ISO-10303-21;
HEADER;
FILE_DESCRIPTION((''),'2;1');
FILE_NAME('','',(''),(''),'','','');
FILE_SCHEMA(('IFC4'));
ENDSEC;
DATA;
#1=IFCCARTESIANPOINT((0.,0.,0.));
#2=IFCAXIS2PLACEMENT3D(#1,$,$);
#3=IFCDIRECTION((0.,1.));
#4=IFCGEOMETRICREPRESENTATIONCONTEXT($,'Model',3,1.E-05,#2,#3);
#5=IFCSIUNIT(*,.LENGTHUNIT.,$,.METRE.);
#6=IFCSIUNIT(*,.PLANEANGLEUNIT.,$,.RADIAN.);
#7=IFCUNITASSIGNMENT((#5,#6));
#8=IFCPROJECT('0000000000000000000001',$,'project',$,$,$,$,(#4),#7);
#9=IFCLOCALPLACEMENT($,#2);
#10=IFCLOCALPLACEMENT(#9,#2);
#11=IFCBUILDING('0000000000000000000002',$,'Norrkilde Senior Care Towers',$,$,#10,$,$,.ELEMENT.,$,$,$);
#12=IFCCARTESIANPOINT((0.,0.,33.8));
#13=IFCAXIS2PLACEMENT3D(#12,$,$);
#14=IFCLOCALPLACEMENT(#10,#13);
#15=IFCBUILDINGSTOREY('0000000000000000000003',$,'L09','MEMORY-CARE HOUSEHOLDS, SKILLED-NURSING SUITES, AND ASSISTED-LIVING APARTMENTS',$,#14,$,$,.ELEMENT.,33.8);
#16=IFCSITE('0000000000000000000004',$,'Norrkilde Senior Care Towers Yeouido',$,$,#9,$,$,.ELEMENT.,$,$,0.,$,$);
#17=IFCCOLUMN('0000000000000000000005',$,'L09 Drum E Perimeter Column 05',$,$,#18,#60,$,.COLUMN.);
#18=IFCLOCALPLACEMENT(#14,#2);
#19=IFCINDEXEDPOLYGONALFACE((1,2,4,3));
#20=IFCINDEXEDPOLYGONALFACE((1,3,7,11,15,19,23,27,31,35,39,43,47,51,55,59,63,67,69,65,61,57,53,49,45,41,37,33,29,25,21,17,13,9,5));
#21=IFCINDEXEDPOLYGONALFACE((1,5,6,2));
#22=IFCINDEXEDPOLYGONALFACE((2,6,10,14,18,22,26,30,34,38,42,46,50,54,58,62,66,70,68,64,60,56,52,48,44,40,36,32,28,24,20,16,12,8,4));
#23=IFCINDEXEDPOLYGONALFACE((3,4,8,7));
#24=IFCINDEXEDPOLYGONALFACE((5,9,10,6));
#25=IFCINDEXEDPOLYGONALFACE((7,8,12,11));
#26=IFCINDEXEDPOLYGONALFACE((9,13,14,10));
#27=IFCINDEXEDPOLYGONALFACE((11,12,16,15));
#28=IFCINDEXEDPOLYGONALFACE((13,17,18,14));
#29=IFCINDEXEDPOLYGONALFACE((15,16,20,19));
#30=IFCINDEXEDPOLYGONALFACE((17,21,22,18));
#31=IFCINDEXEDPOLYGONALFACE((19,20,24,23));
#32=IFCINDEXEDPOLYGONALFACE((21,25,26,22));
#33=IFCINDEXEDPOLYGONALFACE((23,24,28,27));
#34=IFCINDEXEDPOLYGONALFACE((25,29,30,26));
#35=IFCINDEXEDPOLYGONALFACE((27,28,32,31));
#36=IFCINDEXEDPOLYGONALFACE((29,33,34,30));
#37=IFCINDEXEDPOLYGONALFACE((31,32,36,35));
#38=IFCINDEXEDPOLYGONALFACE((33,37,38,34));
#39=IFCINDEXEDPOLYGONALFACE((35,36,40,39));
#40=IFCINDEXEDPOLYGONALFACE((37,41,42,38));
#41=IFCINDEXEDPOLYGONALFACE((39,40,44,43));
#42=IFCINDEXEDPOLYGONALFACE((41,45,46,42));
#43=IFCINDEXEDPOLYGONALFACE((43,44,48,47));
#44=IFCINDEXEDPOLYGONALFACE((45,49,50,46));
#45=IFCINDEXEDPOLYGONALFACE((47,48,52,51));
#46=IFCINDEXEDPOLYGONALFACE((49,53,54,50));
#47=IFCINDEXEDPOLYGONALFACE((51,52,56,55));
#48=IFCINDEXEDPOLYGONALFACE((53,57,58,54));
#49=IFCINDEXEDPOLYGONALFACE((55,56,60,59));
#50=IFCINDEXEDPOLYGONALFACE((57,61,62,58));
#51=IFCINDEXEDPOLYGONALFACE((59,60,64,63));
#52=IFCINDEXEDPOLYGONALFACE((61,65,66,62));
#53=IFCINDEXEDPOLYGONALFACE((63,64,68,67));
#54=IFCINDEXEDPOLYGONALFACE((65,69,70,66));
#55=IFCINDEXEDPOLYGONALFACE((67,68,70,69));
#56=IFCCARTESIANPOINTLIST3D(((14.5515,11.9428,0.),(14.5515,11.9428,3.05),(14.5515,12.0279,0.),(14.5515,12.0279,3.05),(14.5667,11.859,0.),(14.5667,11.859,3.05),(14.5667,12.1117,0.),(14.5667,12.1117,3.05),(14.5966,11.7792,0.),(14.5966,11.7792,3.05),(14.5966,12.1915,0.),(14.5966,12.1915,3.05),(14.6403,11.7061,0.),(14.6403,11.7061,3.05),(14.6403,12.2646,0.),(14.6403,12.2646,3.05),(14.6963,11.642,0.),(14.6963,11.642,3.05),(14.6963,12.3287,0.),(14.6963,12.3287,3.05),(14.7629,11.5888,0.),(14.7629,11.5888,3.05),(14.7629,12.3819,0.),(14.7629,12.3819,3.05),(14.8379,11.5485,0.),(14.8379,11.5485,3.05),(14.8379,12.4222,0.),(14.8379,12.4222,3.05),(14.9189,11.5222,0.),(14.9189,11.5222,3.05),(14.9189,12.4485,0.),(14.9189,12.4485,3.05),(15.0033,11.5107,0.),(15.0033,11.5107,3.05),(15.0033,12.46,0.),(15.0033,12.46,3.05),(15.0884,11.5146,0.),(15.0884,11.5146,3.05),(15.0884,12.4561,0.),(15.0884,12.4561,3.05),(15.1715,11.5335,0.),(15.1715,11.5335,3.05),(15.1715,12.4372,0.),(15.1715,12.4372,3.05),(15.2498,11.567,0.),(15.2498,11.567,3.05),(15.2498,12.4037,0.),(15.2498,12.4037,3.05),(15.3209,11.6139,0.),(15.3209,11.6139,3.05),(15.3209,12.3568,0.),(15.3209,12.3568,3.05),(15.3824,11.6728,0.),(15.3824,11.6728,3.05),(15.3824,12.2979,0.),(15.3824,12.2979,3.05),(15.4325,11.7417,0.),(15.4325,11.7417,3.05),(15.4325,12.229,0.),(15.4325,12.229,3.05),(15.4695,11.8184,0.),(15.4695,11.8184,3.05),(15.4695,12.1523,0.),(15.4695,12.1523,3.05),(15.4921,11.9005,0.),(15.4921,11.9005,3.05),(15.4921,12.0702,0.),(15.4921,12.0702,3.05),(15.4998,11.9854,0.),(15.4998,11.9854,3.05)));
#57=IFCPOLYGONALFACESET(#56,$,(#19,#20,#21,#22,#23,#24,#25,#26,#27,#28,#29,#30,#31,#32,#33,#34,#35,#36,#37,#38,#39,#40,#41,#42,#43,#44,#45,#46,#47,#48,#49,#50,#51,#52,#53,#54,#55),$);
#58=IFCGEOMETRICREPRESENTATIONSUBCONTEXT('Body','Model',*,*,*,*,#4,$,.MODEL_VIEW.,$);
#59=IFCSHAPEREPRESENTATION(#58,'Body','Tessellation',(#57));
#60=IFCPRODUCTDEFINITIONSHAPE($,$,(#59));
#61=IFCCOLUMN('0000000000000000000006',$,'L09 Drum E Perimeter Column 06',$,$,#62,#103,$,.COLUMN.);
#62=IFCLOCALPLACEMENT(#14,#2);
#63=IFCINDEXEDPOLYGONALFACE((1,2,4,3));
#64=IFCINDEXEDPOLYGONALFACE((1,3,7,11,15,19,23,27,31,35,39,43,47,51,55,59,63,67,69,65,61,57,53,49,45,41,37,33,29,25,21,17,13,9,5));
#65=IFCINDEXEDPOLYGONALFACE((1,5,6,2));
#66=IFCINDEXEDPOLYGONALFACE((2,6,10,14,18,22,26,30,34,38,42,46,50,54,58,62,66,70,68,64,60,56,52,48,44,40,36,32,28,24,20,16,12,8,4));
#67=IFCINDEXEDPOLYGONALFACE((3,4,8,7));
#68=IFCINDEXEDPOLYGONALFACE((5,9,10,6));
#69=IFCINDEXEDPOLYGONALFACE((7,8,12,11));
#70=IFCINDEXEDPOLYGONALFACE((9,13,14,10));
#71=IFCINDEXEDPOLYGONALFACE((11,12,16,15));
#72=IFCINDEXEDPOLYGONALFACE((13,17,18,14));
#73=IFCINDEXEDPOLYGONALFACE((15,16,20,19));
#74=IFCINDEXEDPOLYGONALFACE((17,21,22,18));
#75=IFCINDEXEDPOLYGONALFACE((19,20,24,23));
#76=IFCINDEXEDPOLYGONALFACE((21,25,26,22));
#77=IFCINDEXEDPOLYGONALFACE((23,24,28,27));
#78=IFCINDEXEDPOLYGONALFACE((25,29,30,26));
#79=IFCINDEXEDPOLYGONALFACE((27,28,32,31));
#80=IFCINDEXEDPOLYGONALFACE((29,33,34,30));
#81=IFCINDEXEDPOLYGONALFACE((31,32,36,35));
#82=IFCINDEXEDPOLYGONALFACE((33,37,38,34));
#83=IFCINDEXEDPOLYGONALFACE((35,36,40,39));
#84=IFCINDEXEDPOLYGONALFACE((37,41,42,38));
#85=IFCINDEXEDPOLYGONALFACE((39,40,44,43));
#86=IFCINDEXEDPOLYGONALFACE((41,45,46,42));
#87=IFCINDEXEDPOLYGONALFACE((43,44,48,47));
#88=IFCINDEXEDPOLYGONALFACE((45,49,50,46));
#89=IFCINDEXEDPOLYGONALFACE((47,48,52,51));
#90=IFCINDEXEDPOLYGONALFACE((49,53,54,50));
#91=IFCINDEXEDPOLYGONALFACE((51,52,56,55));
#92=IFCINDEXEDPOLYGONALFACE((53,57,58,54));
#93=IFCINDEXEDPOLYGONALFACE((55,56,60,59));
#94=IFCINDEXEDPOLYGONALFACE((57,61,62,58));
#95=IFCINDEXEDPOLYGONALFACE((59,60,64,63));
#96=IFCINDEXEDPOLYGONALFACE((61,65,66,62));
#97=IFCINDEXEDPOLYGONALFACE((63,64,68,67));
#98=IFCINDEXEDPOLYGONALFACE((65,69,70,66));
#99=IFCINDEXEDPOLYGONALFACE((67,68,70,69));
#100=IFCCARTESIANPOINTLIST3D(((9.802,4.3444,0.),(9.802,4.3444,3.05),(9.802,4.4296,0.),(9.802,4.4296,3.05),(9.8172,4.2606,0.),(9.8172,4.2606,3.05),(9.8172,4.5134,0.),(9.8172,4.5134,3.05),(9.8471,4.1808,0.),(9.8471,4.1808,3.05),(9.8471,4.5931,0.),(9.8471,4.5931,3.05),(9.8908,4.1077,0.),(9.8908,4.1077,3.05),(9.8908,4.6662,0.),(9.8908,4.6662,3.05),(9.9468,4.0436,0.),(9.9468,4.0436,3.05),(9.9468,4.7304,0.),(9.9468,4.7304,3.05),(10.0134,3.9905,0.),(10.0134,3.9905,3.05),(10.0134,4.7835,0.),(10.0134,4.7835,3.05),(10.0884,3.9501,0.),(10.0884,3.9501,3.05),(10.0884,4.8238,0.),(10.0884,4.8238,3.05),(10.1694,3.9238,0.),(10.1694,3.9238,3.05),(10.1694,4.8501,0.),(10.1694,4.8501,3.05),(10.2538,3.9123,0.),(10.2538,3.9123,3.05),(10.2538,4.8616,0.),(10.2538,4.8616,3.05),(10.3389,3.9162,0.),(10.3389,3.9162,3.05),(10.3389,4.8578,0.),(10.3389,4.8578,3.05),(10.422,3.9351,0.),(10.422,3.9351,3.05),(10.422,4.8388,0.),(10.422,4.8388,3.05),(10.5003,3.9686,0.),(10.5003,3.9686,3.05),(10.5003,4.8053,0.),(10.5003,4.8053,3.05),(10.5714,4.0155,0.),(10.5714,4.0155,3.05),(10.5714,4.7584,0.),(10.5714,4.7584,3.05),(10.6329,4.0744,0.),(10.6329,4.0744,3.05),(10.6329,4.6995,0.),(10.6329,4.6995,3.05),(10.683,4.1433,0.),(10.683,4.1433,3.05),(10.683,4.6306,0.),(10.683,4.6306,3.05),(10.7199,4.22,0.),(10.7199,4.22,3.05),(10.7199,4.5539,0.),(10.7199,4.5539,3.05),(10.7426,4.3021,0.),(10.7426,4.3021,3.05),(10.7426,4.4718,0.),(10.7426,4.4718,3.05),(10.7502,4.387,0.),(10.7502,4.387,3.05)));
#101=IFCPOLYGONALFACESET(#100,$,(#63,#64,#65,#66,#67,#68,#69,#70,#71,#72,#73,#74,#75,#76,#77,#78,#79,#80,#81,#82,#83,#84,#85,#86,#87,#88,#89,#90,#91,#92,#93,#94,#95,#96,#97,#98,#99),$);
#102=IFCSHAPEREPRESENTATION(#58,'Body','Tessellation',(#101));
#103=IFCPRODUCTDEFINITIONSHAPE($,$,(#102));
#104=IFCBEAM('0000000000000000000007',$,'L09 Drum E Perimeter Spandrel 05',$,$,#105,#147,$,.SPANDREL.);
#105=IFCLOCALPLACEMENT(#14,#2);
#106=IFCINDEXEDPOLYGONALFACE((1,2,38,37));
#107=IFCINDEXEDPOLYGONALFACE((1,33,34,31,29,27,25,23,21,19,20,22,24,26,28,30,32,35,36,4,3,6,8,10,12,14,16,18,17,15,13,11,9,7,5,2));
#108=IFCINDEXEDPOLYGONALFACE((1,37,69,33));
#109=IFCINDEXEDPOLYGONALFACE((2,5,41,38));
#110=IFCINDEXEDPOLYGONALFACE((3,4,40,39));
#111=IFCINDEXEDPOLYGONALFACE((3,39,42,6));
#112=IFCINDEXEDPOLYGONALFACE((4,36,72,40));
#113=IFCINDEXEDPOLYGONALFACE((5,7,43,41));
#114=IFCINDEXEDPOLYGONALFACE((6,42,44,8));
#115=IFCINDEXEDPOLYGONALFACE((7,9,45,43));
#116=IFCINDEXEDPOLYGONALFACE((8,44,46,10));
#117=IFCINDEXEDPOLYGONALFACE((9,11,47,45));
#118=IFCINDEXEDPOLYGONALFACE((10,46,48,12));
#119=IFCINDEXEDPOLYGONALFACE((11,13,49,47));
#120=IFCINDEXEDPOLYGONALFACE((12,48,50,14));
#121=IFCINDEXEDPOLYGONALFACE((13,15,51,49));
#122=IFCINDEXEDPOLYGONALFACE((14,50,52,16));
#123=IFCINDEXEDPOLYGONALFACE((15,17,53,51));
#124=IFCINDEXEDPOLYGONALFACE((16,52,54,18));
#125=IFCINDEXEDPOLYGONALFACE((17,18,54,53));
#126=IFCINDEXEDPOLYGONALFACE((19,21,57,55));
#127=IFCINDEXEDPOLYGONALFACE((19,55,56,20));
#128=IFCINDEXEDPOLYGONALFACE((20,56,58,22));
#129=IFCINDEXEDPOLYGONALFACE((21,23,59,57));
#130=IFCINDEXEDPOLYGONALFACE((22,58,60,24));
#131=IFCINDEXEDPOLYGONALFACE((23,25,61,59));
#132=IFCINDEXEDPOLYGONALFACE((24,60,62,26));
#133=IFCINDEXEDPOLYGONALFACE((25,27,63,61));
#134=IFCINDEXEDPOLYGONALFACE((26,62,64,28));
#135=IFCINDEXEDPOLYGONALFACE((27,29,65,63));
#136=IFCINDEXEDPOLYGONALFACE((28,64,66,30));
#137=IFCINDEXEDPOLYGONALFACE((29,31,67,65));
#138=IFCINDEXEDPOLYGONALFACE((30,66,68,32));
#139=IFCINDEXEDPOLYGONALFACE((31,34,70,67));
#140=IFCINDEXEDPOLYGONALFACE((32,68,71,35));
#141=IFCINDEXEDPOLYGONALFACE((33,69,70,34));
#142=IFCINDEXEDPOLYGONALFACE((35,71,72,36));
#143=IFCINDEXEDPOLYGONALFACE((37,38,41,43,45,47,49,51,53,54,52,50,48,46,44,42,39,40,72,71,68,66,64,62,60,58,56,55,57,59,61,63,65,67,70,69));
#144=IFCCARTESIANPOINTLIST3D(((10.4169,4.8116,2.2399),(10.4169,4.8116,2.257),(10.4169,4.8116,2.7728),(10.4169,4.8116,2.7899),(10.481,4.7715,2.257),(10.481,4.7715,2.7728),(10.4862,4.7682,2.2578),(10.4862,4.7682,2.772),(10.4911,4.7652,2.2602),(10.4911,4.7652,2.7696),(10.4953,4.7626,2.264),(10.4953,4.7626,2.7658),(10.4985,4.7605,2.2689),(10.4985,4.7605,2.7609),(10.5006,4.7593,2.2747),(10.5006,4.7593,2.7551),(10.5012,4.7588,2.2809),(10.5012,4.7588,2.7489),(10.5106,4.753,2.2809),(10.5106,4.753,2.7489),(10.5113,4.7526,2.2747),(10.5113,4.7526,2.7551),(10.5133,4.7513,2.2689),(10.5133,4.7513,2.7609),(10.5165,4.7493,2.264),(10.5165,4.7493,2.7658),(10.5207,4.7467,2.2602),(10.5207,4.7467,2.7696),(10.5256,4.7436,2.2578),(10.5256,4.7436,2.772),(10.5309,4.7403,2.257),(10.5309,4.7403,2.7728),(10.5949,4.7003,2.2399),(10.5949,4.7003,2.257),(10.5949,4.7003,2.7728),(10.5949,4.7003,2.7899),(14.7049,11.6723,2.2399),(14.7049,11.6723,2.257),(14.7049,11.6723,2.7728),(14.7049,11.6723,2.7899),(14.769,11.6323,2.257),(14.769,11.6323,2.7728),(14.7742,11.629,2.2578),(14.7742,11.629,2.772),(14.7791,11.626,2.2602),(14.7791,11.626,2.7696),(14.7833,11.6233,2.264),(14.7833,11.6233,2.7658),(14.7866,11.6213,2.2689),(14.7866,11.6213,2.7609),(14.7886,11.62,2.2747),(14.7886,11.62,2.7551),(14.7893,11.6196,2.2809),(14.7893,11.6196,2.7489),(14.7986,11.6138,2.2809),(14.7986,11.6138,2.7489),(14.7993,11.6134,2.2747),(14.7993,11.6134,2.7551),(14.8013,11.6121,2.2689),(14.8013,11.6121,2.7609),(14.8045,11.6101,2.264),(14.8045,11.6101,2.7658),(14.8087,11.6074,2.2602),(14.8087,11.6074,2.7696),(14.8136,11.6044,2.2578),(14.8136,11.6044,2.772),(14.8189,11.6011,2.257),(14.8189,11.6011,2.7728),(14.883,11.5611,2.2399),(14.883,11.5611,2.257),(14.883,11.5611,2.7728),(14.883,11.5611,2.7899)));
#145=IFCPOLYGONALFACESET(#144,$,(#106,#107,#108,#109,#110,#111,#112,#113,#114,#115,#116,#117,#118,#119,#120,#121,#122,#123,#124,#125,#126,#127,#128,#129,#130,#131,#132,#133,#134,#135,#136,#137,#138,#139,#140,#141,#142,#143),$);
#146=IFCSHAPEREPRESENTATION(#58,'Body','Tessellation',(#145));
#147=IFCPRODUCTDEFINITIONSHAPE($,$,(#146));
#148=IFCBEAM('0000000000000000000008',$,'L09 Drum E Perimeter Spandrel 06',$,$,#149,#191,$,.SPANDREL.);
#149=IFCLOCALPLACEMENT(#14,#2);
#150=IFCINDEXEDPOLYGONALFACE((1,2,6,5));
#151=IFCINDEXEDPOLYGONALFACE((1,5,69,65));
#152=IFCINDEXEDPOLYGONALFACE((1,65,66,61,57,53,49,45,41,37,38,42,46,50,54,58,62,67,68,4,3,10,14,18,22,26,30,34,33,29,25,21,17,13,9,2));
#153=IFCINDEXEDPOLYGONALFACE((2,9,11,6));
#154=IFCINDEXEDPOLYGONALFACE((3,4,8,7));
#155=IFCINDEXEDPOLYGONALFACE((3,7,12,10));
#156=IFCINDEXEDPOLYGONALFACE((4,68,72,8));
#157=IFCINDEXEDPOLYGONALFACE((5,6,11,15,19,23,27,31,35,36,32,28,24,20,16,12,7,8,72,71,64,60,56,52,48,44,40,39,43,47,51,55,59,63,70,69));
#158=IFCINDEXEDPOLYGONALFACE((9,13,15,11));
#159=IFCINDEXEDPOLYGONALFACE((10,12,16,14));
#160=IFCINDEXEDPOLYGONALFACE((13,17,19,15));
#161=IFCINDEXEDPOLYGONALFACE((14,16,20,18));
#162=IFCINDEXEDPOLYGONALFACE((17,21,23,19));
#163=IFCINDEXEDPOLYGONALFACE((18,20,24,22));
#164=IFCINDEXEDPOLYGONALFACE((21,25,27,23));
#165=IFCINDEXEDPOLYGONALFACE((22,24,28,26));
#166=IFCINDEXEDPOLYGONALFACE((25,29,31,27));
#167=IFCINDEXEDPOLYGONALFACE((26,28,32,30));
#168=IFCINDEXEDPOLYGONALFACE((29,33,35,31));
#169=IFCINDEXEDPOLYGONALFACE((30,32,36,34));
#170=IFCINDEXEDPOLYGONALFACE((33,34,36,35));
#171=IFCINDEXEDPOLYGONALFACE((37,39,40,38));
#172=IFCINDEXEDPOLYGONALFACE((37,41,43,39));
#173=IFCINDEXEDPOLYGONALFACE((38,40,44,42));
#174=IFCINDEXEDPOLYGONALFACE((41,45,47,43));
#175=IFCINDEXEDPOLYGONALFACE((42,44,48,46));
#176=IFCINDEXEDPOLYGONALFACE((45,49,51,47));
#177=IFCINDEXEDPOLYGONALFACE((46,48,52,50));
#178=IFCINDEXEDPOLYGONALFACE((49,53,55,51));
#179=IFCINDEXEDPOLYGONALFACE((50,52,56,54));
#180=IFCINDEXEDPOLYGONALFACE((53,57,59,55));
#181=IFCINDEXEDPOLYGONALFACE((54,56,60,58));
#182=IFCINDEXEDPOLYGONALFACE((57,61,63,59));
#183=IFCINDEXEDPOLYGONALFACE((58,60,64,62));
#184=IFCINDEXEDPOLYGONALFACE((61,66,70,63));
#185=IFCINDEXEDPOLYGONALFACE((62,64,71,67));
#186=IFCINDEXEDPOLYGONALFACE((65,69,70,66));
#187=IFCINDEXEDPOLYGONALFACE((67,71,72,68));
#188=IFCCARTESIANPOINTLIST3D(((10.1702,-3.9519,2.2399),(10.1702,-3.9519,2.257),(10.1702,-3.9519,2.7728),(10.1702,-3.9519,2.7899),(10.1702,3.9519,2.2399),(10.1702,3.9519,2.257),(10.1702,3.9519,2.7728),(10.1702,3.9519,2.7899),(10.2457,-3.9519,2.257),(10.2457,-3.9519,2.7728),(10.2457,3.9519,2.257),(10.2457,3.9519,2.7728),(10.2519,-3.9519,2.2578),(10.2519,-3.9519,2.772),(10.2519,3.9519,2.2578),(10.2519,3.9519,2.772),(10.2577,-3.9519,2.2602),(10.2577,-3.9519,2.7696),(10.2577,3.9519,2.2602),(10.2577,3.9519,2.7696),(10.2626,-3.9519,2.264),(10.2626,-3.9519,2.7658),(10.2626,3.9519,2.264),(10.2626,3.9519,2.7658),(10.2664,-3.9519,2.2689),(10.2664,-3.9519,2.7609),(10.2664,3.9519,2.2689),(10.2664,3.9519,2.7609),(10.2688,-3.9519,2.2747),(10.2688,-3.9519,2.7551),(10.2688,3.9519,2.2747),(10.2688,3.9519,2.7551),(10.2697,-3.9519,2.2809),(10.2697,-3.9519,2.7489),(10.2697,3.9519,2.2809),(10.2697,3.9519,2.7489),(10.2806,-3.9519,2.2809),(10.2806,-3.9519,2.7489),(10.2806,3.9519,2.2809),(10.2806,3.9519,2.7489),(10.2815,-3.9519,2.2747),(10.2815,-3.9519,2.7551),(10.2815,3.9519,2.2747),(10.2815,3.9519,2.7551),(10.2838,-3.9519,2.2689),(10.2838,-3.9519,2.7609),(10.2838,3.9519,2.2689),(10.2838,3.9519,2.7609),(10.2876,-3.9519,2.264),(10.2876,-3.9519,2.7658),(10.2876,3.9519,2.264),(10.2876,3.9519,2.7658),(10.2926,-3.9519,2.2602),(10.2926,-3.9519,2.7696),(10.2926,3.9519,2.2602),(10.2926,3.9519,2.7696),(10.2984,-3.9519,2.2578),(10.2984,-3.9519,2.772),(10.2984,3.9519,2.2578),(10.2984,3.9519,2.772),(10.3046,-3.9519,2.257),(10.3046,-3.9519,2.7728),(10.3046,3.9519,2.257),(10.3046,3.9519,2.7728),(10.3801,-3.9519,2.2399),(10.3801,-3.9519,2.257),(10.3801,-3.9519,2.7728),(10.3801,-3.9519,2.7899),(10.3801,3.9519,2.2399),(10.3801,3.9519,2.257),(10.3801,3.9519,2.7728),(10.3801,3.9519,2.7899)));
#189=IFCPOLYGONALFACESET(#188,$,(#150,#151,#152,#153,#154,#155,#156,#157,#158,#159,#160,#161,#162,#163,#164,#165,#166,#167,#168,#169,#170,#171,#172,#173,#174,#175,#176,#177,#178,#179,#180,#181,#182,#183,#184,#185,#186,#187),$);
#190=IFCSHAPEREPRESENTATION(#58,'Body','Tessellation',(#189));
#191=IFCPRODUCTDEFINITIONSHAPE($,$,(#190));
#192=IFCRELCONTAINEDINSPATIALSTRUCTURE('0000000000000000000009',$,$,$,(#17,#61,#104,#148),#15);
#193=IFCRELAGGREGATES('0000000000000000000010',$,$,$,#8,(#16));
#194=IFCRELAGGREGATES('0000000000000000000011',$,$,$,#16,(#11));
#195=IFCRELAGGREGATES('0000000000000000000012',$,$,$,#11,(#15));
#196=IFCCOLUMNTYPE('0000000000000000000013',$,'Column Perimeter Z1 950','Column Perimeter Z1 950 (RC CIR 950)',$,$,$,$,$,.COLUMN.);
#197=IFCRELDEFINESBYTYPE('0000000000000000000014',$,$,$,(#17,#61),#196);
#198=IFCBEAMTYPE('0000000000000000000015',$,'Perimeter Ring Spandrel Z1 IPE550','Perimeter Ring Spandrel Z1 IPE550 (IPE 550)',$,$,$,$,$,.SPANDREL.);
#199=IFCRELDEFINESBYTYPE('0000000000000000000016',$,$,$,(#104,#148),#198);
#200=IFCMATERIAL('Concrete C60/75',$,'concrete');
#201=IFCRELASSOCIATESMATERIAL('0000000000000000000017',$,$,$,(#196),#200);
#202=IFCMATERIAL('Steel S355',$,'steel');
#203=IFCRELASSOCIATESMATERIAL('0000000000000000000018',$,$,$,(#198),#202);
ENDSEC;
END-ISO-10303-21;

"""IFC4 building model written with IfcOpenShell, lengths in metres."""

from ifc_helpers import new_model, si_unit, direction, frame, origin, origin_2d, place, context, subcontext, project, spatial, circle, i_section, extrude, source, transform, mapped, material, material_profile, profile_set, type_object, type_shapes, element, save


model = new_model("IFC4")

# Units and contexts
model_context = context("Model", 3, precision=1e-05, world=origin(), true_north=direction((0.0, 1.0)))
body_context = subcontext(model_context, "Body", "Model", "MODEL_VIEW")
ifc_project = project(units=[si_unit("LENGTHUNIT", "METRE"), si_unit("PLANEANGLEUNIT", "RADIAN")], contexts=[model_context])

# Site, building, storey
site_placement = place(None, origin())
site = spatial("IfcSite", under=ifc_project, at=site_placement, Name="Norrkilde Senior Care Towers Yeouido", CompositionType="ELEMENT", RefElevation=0.0)
building_placement = place(site_placement, origin())
building = spatial("IfcBuilding", under=site, at=building_placement, Name="Norrkilde Senior Care Towers", CompositionType="ELEMENT")
storey_placement = place(building_placement, frame((0.0, 0.0, 33.8)))
storey = spatial("IfcBuildingStorey", under=building, at=storey_placement, Name="L09", Description="MEMORY-CARE HOUSEHOLDS, SKILLED-NURSING SUITES, AND ASSISTED-LIVING APARTMENTS", CompositionType="ELEMENT", Elevation=33.8)

# Columns
ifc_material_1 = material(Name="Concrete C60/75", Category="concrete")
ifc_material_profile_1 = material_profile(ifc_material_1, circle(Radius=0.4751, at=origin_2d()), Name="RC CIR 950")
ifc_profile_set_1 = profile_set([ifc_material_profile_1], Name="Concrete C60/75")
column_type = type_object("IfcColumnType", Name="Column Perimeter Z1 950", Description="Column Perimeter Z1 950 (RC CIR 950)", PredefinedType="COLUMN", material=ifc_profile_set_1)
shared_shape_1 = source(origin(), body_context, "Body", "SweptSolid", [
    extrude(circle(Radius=0.4751, at=origin_2d()), origin(), (0.0, 0.0, 1.0), 3.05),
])
type_shapes(column_type, [shared_shape_1])
for number, where, z_axis, x_axis, name in (
    (1, (15.0247, 11.9854, 0.0), (0.0, 0.0, 1.0), (1.0, 0.0, 0.0), "L09 Drum E Perimeter Column 05"),
    (2, (10.2751, 4.387, 0.0), (0.0, 0.0, 1.0), (1.0, 0.0, 0.0), "L09 Drum E Perimeter Column 06"),
):
    element("IfcColumn", number, at=place(storey_placement, frame(where, z_axis=z_axis, x_axis=x_axis)), inside=storey, type_object=column_type, Name=name, PredefinedType="COLUMN", context=body_context, shape_type="MappedRepresentation", body=[
        mapped(shared_shape_1, transform((0.0, 0.0, 0.0), x_axis=(1.0, 0.0, 0.0), y_axis=(0.0, 1.0, 0.0), z_axis=(0.0, 0.0, 1.0), scale=1.0)),
    ])

# Beams
ifc_material_2 = material(Name="Steel S355", Category="steel")
ifc_material_profile_2 = material_profile(ifc_material_2, i_section(OverallWidth=0.21, OverallDepth=0.55, WebThickness=0.011, FlangeThickness=0.0171, FilletRadius=0.0239, at=origin_2d()), Name="IPE 550")
ifc_profile_set_2 = profile_set([ifc_material_profile_2], Name="Steel S355")
beam_type = type_object("IfcBeamType", Name="Perimeter Ring Spandrel Z1 IPE550", Description="Perimeter Ring Spandrel Z1 IPE550 (IPE 550)", PredefinedType="SPANDREL", material=ifc_profile_set_2)
shared_shape_2 = source(origin(), body_context, "Body", "SweptSolid", [
    extrude(i_section(OverallWidth=0.21, OverallDepth=0.55, WebThickness=0.011, FlangeThickness=0.0171, FilletRadius=0.0239, at=origin_2d()), origin(), (0.0, 0.0, 1.0), 8.0906),
])
beam_1_placement = place(storey_placement, frame((14.7939, 11.6167, 2.5149), z_axis=(-0.530004, -0.847995, 0.0), x_axis=(0.847995, -0.530004, 0.0)))
element("IfcBeam", 3, at=beam_1_placement, inside=storey, type_object=beam_type, Name="L09 Drum E Perimeter Spandrel 05", PredefinedType="SPANDREL", context=body_context, shape_type="MappedRepresentation", body=[
    mapped(shared_shape_2, transform((0.0, 0.0, 0.0), x_axis=(1.0, 0.0, 0.0), y_axis=(0.0, 1.0, 0.0), z_axis=(0.0, 0.0, 1.0), scale=1.0)),
])
shared_shape_3 = source(origin(), body_context, "Body", "SweptSolid", [
    extrude(i_section(OverallWidth=0.21, OverallDepth=0.55, WebThickness=0.011, FlangeThickness=0.0171, FilletRadius=0.0239, at=origin_2d()), origin(), (0.0, 0.0, 1.0), 7.9038),
])
type_shapes(beam_type, [shared_shape_2, shared_shape_3])
beam_2_placement = place(storey_placement, frame((10.2751, 3.9519, 2.5149), z_axis=(0.0, -1.0, 0.0), x_axis=(1.0, 0.0, 0.0)))
element("IfcBeam", 4, at=beam_2_placement, inside=storey, type_object=beam_type, Name="L09 Drum E Perimeter Spandrel 06", PredefinedType="SPANDREL", context=body_context, shape_type="MappedRepresentation", body=[
    mapped(shared_shape_3, transform((0.0, 0.0, 0.0), x_axis=(1.0, 0.0, 0.0), y_axis=(0.0, 1.0, 0.0), z_axis=(0.0, 0.0, 1.0), scale=1.0)),
])

save(model, "model.ifc")
